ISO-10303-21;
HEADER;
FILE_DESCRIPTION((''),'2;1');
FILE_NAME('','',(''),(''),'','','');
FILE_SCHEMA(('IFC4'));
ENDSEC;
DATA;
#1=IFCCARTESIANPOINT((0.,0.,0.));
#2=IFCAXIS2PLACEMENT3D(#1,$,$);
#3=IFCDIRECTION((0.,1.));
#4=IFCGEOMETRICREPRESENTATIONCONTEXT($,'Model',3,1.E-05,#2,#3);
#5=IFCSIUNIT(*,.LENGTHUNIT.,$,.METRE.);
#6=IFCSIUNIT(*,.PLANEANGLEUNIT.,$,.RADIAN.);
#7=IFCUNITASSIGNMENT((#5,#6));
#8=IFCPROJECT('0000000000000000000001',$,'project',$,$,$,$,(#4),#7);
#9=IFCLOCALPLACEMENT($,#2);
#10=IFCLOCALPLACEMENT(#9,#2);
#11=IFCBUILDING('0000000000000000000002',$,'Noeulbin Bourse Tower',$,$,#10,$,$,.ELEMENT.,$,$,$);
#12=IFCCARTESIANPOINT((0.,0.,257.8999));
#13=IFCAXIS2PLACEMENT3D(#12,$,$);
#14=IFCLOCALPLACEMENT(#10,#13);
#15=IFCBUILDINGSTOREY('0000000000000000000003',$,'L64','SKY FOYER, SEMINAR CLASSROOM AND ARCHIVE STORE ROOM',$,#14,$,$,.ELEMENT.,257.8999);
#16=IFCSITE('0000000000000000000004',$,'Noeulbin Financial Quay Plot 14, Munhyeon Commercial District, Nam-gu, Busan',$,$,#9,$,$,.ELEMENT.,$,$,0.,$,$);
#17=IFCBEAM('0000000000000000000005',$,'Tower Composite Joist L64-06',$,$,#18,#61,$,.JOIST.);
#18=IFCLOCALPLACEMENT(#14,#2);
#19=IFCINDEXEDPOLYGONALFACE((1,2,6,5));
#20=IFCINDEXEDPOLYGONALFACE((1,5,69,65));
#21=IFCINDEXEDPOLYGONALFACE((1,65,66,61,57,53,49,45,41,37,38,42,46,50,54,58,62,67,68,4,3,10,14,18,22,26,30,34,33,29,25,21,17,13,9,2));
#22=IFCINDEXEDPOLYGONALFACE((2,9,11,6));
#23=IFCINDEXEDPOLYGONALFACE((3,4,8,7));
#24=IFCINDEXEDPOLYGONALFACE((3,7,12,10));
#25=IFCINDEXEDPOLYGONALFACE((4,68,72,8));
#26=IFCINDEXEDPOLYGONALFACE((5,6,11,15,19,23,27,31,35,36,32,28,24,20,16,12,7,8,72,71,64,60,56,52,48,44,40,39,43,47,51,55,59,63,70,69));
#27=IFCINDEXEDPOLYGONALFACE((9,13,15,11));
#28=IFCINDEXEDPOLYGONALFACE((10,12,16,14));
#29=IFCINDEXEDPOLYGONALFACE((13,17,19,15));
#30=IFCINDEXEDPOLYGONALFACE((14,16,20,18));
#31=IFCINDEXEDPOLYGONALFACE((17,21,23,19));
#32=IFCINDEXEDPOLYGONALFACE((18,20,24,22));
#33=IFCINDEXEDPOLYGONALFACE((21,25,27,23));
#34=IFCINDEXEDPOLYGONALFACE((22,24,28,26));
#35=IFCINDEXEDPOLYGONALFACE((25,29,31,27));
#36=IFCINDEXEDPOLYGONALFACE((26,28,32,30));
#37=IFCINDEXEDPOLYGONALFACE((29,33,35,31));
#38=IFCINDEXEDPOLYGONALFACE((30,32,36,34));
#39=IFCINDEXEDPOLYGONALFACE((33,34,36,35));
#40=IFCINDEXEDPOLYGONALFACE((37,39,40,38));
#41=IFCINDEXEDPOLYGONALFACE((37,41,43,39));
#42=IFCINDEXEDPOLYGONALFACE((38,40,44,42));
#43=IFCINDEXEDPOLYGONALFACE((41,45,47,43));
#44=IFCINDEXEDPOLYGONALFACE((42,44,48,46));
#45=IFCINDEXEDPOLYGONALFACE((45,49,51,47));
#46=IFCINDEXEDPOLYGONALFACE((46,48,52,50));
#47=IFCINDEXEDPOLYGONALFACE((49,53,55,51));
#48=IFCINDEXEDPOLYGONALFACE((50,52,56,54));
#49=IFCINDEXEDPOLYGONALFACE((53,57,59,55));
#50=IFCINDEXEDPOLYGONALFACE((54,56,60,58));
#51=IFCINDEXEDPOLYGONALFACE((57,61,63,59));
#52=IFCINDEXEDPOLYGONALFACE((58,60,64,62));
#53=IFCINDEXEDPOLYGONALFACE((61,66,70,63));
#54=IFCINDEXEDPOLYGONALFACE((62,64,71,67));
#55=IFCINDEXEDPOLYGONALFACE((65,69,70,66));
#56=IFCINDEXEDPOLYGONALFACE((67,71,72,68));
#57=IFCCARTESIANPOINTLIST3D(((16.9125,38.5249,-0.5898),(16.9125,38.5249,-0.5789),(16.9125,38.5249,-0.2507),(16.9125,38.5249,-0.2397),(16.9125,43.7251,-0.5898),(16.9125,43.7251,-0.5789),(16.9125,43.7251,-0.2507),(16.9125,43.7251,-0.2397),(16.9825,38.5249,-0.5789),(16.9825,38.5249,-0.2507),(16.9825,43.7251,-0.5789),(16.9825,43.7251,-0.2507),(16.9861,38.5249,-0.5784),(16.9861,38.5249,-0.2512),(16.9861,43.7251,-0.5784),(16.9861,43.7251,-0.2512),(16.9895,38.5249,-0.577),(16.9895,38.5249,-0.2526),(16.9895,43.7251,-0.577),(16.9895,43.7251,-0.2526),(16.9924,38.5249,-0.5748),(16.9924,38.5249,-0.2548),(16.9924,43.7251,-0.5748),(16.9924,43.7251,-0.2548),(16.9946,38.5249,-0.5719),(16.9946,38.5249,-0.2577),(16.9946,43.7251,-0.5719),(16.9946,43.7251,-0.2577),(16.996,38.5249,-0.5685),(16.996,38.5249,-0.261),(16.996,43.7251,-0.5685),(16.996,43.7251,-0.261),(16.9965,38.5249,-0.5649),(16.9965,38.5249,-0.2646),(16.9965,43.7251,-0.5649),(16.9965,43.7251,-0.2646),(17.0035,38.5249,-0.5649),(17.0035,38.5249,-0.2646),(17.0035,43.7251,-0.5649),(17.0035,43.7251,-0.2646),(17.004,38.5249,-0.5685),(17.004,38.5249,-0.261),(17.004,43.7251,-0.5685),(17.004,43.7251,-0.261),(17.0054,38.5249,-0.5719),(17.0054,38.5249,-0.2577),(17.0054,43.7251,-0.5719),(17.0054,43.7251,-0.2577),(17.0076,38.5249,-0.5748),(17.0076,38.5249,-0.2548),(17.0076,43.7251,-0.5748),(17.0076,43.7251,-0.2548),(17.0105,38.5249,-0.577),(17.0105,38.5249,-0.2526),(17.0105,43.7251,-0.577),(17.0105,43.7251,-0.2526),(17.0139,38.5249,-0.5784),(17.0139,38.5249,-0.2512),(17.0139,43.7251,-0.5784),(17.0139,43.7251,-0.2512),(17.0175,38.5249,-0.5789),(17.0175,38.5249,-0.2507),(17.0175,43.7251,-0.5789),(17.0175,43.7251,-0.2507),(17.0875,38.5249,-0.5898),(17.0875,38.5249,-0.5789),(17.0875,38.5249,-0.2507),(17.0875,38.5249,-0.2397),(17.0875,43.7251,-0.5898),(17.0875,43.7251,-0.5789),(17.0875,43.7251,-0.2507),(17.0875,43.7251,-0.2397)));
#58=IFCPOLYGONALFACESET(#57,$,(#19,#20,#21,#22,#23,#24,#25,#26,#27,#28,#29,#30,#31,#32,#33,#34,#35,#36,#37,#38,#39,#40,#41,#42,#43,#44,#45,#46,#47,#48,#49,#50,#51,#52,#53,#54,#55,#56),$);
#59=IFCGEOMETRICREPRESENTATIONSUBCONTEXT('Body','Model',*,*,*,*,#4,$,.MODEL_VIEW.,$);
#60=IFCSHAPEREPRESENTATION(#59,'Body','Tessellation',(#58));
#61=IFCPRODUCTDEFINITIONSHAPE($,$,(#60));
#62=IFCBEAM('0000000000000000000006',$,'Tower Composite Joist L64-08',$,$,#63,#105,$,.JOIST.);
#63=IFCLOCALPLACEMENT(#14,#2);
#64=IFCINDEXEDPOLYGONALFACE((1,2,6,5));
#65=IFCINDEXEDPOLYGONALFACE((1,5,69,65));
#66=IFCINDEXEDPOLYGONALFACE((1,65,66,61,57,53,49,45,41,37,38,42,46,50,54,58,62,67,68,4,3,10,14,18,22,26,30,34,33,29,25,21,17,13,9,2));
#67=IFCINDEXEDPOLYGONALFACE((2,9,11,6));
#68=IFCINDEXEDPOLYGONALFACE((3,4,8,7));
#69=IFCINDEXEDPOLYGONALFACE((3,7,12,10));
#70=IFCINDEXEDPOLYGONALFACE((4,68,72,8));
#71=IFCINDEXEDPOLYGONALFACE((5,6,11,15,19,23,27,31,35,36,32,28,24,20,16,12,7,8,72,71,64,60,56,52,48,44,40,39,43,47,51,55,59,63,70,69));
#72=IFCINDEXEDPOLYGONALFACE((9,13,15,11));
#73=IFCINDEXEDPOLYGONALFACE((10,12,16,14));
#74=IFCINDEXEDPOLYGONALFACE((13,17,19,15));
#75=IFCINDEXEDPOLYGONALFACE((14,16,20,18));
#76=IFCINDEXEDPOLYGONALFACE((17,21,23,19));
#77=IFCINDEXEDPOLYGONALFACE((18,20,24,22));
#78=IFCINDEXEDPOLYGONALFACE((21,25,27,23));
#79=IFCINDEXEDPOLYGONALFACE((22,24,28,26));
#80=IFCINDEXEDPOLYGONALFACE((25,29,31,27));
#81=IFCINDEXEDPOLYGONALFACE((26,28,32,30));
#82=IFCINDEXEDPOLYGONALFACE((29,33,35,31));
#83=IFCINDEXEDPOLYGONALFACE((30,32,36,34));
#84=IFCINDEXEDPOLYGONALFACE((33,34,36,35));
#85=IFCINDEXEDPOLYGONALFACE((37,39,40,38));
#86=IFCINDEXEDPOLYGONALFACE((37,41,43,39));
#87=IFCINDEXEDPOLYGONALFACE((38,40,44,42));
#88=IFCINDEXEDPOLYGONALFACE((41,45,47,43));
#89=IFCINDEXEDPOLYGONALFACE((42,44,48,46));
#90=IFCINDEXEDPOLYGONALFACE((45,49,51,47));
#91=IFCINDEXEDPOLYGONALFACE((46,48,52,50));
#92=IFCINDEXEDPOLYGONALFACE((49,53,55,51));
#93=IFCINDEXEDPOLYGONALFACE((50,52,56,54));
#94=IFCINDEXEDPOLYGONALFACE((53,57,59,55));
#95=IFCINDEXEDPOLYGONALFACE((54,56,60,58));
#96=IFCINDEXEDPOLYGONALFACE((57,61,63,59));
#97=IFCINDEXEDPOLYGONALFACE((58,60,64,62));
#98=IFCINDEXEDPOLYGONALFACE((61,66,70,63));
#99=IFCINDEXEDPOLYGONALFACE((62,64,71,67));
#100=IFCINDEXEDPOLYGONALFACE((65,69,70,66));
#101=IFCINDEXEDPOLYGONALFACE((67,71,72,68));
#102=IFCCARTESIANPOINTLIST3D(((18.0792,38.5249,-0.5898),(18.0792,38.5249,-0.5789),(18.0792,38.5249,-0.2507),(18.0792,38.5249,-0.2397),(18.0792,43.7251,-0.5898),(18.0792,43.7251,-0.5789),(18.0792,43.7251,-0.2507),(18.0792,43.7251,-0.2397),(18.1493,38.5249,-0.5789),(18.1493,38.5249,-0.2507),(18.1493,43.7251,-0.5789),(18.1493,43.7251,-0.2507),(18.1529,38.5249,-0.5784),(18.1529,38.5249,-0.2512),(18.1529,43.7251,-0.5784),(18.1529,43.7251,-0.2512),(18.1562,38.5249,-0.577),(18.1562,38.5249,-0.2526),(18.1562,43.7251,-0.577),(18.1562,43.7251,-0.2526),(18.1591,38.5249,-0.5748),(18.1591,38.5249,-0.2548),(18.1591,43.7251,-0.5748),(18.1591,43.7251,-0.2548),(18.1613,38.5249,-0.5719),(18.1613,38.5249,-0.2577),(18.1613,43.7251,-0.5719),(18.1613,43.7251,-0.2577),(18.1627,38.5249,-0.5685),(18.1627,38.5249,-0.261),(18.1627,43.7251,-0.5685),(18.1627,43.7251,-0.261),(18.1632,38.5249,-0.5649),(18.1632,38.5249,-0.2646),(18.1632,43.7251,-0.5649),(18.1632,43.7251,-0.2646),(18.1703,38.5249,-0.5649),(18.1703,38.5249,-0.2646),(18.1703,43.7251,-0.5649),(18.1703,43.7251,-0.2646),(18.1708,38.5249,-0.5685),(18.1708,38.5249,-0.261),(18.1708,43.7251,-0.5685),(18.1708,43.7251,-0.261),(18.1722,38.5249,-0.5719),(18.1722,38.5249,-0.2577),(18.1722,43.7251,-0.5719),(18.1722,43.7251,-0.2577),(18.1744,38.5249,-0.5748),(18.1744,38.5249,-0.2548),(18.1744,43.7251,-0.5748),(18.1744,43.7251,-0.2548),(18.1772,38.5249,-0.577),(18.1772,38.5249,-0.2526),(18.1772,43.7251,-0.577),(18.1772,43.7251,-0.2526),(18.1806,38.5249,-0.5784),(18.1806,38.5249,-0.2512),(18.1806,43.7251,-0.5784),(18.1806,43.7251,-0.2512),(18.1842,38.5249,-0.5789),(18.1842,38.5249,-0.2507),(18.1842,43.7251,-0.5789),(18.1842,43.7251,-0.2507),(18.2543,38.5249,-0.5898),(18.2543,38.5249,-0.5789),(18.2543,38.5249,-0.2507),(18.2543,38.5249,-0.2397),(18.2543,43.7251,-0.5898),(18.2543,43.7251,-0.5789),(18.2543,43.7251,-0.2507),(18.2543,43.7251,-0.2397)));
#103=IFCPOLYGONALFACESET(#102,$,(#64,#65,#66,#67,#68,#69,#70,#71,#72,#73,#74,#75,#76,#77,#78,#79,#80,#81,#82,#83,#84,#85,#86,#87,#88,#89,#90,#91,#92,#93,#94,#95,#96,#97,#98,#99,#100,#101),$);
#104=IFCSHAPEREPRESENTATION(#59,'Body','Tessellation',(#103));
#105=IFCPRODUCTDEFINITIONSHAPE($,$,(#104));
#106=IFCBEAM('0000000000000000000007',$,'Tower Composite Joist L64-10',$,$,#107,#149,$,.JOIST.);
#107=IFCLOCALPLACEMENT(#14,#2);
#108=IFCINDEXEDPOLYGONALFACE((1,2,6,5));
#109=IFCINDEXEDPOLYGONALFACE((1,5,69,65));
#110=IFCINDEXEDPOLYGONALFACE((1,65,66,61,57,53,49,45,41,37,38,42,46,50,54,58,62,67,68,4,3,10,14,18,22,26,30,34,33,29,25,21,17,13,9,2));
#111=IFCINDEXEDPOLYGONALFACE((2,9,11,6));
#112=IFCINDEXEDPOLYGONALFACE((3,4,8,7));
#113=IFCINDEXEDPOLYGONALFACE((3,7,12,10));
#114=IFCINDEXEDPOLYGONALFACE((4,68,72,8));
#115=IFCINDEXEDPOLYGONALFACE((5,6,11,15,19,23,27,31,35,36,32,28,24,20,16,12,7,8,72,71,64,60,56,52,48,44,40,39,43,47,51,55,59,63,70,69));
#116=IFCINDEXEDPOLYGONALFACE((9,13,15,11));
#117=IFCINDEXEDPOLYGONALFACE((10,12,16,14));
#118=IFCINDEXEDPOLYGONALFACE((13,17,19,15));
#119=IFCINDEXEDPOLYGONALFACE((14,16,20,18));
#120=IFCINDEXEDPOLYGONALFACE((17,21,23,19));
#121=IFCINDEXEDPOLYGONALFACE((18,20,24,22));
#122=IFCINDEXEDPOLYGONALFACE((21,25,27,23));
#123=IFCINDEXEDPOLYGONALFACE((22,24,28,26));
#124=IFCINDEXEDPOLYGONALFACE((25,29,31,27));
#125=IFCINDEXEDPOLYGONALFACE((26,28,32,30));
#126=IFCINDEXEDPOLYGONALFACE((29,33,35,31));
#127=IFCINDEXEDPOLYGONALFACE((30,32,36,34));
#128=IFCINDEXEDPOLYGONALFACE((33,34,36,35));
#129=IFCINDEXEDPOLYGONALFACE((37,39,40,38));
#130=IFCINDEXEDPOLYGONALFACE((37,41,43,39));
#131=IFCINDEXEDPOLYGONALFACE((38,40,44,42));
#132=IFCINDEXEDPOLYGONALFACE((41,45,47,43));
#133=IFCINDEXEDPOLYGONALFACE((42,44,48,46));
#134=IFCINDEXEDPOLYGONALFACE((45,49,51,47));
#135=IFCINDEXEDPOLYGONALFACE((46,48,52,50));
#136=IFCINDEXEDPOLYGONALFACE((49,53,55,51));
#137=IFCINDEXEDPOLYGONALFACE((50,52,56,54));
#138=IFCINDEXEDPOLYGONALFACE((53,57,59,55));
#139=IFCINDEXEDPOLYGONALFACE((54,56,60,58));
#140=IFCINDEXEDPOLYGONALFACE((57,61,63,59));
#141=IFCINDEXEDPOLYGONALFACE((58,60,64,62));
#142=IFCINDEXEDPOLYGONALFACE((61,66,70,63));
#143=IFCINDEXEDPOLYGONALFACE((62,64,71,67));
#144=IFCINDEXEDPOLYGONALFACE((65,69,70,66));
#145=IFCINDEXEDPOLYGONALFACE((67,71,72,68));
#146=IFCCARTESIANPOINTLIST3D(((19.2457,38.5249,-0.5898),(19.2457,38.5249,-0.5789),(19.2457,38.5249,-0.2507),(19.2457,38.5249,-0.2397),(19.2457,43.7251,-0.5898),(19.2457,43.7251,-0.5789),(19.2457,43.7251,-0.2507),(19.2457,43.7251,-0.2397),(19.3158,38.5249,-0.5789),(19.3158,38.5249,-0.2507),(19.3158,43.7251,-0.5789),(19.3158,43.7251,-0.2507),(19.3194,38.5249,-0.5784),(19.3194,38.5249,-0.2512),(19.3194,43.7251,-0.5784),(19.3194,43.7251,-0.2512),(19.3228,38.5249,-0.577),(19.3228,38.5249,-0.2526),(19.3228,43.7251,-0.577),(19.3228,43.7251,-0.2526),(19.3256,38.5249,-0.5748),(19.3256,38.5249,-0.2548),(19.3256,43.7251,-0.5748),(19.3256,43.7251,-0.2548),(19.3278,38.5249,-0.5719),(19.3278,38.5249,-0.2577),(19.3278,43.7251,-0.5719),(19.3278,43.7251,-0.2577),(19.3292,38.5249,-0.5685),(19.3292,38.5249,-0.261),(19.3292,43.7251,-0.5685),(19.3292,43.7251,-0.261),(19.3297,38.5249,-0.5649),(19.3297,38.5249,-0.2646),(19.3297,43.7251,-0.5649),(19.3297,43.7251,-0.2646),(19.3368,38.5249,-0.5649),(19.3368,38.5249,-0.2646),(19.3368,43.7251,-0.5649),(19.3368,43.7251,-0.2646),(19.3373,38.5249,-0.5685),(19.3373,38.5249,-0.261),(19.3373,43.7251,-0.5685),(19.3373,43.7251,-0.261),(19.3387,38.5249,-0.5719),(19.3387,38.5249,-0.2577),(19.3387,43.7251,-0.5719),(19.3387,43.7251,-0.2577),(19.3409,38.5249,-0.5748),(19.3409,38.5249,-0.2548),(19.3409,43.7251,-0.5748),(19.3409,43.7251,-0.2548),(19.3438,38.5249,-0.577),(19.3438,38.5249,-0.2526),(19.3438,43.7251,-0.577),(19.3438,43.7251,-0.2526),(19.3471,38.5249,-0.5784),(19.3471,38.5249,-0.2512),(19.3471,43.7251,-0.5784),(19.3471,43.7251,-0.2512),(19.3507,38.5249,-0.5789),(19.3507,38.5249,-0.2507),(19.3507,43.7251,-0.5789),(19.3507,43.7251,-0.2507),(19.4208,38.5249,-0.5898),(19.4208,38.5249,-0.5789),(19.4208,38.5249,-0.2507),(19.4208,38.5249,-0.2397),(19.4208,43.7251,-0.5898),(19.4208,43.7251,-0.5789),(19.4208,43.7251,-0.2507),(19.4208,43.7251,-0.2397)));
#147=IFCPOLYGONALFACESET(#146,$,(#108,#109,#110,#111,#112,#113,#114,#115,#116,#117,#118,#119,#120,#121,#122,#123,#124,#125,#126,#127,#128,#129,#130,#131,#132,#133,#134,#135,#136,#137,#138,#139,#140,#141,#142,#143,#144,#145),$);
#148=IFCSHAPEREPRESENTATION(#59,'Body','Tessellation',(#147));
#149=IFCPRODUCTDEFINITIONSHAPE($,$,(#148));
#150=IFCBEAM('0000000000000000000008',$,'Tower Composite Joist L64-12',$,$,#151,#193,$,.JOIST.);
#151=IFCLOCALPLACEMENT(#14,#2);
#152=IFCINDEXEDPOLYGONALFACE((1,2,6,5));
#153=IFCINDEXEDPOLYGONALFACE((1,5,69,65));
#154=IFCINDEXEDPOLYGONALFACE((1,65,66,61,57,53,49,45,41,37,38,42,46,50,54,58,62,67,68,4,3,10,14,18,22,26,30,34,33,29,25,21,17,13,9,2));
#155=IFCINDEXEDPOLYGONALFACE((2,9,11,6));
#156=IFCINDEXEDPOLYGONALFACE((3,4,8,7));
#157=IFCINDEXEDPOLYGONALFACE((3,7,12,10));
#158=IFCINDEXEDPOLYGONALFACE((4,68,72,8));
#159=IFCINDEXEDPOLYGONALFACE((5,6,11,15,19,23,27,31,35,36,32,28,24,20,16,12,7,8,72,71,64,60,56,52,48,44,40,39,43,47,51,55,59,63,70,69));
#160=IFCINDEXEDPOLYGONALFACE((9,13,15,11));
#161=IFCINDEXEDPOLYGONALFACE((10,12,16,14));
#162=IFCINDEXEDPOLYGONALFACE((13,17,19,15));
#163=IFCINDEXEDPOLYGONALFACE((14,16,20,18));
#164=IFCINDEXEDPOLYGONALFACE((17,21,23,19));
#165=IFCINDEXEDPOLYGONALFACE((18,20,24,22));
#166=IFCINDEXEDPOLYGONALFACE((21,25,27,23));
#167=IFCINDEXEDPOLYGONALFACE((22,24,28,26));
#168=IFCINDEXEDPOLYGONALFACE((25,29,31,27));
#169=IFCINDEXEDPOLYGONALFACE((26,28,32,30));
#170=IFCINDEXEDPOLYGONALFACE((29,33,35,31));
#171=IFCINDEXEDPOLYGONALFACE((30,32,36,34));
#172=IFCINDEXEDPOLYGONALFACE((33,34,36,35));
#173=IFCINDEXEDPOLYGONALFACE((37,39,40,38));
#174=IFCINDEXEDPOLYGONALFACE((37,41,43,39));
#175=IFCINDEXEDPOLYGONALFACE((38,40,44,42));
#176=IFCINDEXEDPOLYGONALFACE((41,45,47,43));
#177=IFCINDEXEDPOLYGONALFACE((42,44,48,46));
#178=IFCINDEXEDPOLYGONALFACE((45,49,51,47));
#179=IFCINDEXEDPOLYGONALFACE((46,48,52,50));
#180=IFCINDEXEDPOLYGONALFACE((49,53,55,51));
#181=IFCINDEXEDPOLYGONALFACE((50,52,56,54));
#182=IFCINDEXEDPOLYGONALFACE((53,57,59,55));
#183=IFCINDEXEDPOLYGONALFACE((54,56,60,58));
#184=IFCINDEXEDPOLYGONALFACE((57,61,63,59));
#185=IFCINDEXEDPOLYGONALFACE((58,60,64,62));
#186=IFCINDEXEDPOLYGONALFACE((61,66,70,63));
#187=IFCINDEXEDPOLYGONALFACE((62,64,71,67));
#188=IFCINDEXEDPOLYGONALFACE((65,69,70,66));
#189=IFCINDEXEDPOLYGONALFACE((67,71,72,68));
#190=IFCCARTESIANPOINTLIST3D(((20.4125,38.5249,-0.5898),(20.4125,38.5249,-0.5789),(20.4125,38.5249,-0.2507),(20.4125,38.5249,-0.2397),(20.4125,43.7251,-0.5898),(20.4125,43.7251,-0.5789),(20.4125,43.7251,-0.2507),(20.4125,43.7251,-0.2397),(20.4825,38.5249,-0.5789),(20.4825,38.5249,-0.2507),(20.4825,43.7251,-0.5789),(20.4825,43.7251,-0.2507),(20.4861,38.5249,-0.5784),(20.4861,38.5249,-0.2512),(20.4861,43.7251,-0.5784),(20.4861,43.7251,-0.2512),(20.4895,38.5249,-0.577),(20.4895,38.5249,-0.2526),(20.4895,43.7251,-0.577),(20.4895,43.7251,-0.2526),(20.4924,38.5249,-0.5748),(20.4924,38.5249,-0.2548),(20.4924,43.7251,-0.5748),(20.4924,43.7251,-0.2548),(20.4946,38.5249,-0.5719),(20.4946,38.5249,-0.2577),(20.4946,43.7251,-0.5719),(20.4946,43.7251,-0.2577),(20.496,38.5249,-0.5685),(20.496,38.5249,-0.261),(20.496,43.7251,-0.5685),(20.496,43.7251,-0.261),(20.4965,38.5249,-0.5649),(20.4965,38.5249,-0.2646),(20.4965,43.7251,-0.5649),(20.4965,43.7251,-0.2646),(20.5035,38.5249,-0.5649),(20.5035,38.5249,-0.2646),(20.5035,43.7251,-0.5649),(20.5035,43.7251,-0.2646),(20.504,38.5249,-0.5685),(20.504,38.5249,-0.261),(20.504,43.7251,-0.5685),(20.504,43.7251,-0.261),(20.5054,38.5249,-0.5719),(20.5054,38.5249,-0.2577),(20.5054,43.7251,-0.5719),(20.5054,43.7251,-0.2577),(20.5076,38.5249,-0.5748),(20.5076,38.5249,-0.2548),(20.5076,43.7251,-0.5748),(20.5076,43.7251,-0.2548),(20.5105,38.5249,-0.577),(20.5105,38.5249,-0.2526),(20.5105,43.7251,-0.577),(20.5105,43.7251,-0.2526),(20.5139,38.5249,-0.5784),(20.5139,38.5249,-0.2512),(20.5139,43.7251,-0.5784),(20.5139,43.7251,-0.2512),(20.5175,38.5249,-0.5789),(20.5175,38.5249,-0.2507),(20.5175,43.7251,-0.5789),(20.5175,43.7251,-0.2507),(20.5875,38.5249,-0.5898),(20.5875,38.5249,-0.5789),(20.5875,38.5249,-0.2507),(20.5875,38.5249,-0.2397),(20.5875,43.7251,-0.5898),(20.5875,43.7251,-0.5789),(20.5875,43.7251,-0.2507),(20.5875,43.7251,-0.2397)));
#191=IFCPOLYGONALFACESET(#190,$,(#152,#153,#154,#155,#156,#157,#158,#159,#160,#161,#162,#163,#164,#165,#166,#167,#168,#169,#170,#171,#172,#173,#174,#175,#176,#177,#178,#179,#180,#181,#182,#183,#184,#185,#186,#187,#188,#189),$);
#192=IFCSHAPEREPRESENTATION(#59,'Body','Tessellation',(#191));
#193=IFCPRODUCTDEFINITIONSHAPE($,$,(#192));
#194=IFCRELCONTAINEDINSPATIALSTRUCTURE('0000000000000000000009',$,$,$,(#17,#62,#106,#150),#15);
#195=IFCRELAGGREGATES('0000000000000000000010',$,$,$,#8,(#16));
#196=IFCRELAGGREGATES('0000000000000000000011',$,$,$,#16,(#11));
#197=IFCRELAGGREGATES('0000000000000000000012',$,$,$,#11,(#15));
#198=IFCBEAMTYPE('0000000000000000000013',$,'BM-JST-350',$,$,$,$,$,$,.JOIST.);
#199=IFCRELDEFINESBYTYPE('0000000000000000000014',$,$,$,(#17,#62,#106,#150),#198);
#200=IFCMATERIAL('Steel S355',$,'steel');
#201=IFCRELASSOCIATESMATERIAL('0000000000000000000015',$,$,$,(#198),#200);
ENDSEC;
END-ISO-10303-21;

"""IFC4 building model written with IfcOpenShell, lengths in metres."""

from ifc_helpers import new_model, si_unit, direction, frame, origin, origin_2d, place, context, subcontext, project, spatial, i_section, extrude, material, material_profile, profile_set, type_object, element, save


model = new_model("IFC4")

# Units and contexts
model_context = context("Model", 3, precision=1e-05, world=origin(), true_north=direction((0.0, 1.0)))
body_context = subcontext(model_context, "Body", "Model", "MODEL_VIEW")
ifc_project = project(units=[si_unit("LENGTHUNIT", "METRE"), si_unit("PLANEANGLEUNIT", "RADIAN")], contexts=[model_context])

# Site, building, storey
site_placement = place(None, origin())
site = spatial("IfcSite", under=ifc_project, at=site_placement, Name="Noeulbin Financial Quay Plot 14, Munhyeon Commercial District, Nam-gu, Busan", CompositionType="ELEMENT", RefElevation=0.0)
building_placement = place(site_placement, origin())
building = spatial("IfcBuilding", under=site, at=building_placement, Name="Noeulbin Bourse Tower", CompositionType="ELEMENT")
storey_placement = place(building_placement, frame((0.0, 0.0, 257.8999)))
storey = spatial("IfcBuildingStorey", under=building, at=storey_placement, Name="L64", Description="SKY FOYER, SEMINAR CLASSROOM AND ARCHIVE STORE ROOM", CompositionType="ELEMENT", Elevation=257.8999)

# Shared definitions
ifc_material_1 = material(Name="Steel S355", Category="steel")

# Beams
ifc_material_profile_1 = material_profile(ifc_material_1, i_section(OverallWidth=0.175, OverallDepth=0.3501, WebThickness=0.0071, FlangeThickness=0.011, FilletRadius=0.0139, at=origin_2d()), Name="H-350x175x7x11", Category="LoadBearing")
ifc_profile_set_1 = profile_set([ifc_material_profile_1], Name="Steel S355")
beam_type_1 = type_object("IfcBeamType", Name="BM-JST-350", PredefinedType="JOIST", material=ifc_profile_set_1)
for number, where, z_axis, x_axis, name in (
    (1, (17.0, 38.5249, -0.4148), (0.0, 1.0, 0.0), (-1.0, 0.0, 0.0), "Tower Composite Joist L64-06"),
    (2, (18.1667, 38.5249, -0.4148), (0.0, 1.0, 0.0), (-1.0, 0.0, 0.0), "Tower Composite Joist L64-08"),
    (3, (19.3333, 38.5249, -0.4148), (0.0, 1.0, 0.0), (-1.0, 0.0, 0.0), "Tower Composite Joist L64-10"),
    (4, (20.5, 38.5249, -0.4148), (0.0, 1.0, 0.0), (-1.0, 0.0, 0.0), "Tower Composite Joist L64-12"),
):
    element("IfcBeam", number, at=place(storey_placement, frame(where, z_axis=z_axis, x_axis=x_axis)), inside=storey, type_object=beam_type_1, Name=name, PredefinedType="JOIST", context=body_context, shape_type="SweptSolid", body=[
        extrude(i_section(OverallWidth=0.175, OverallDepth=0.3501, WebThickness=0.0071, FlangeThickness=0.011, FilletRadius=0.0139, at=origin_2d()), origin(), (0.0, 0.0, 1.0), 5.2002),
    ])

save(model, "model.ifc")
